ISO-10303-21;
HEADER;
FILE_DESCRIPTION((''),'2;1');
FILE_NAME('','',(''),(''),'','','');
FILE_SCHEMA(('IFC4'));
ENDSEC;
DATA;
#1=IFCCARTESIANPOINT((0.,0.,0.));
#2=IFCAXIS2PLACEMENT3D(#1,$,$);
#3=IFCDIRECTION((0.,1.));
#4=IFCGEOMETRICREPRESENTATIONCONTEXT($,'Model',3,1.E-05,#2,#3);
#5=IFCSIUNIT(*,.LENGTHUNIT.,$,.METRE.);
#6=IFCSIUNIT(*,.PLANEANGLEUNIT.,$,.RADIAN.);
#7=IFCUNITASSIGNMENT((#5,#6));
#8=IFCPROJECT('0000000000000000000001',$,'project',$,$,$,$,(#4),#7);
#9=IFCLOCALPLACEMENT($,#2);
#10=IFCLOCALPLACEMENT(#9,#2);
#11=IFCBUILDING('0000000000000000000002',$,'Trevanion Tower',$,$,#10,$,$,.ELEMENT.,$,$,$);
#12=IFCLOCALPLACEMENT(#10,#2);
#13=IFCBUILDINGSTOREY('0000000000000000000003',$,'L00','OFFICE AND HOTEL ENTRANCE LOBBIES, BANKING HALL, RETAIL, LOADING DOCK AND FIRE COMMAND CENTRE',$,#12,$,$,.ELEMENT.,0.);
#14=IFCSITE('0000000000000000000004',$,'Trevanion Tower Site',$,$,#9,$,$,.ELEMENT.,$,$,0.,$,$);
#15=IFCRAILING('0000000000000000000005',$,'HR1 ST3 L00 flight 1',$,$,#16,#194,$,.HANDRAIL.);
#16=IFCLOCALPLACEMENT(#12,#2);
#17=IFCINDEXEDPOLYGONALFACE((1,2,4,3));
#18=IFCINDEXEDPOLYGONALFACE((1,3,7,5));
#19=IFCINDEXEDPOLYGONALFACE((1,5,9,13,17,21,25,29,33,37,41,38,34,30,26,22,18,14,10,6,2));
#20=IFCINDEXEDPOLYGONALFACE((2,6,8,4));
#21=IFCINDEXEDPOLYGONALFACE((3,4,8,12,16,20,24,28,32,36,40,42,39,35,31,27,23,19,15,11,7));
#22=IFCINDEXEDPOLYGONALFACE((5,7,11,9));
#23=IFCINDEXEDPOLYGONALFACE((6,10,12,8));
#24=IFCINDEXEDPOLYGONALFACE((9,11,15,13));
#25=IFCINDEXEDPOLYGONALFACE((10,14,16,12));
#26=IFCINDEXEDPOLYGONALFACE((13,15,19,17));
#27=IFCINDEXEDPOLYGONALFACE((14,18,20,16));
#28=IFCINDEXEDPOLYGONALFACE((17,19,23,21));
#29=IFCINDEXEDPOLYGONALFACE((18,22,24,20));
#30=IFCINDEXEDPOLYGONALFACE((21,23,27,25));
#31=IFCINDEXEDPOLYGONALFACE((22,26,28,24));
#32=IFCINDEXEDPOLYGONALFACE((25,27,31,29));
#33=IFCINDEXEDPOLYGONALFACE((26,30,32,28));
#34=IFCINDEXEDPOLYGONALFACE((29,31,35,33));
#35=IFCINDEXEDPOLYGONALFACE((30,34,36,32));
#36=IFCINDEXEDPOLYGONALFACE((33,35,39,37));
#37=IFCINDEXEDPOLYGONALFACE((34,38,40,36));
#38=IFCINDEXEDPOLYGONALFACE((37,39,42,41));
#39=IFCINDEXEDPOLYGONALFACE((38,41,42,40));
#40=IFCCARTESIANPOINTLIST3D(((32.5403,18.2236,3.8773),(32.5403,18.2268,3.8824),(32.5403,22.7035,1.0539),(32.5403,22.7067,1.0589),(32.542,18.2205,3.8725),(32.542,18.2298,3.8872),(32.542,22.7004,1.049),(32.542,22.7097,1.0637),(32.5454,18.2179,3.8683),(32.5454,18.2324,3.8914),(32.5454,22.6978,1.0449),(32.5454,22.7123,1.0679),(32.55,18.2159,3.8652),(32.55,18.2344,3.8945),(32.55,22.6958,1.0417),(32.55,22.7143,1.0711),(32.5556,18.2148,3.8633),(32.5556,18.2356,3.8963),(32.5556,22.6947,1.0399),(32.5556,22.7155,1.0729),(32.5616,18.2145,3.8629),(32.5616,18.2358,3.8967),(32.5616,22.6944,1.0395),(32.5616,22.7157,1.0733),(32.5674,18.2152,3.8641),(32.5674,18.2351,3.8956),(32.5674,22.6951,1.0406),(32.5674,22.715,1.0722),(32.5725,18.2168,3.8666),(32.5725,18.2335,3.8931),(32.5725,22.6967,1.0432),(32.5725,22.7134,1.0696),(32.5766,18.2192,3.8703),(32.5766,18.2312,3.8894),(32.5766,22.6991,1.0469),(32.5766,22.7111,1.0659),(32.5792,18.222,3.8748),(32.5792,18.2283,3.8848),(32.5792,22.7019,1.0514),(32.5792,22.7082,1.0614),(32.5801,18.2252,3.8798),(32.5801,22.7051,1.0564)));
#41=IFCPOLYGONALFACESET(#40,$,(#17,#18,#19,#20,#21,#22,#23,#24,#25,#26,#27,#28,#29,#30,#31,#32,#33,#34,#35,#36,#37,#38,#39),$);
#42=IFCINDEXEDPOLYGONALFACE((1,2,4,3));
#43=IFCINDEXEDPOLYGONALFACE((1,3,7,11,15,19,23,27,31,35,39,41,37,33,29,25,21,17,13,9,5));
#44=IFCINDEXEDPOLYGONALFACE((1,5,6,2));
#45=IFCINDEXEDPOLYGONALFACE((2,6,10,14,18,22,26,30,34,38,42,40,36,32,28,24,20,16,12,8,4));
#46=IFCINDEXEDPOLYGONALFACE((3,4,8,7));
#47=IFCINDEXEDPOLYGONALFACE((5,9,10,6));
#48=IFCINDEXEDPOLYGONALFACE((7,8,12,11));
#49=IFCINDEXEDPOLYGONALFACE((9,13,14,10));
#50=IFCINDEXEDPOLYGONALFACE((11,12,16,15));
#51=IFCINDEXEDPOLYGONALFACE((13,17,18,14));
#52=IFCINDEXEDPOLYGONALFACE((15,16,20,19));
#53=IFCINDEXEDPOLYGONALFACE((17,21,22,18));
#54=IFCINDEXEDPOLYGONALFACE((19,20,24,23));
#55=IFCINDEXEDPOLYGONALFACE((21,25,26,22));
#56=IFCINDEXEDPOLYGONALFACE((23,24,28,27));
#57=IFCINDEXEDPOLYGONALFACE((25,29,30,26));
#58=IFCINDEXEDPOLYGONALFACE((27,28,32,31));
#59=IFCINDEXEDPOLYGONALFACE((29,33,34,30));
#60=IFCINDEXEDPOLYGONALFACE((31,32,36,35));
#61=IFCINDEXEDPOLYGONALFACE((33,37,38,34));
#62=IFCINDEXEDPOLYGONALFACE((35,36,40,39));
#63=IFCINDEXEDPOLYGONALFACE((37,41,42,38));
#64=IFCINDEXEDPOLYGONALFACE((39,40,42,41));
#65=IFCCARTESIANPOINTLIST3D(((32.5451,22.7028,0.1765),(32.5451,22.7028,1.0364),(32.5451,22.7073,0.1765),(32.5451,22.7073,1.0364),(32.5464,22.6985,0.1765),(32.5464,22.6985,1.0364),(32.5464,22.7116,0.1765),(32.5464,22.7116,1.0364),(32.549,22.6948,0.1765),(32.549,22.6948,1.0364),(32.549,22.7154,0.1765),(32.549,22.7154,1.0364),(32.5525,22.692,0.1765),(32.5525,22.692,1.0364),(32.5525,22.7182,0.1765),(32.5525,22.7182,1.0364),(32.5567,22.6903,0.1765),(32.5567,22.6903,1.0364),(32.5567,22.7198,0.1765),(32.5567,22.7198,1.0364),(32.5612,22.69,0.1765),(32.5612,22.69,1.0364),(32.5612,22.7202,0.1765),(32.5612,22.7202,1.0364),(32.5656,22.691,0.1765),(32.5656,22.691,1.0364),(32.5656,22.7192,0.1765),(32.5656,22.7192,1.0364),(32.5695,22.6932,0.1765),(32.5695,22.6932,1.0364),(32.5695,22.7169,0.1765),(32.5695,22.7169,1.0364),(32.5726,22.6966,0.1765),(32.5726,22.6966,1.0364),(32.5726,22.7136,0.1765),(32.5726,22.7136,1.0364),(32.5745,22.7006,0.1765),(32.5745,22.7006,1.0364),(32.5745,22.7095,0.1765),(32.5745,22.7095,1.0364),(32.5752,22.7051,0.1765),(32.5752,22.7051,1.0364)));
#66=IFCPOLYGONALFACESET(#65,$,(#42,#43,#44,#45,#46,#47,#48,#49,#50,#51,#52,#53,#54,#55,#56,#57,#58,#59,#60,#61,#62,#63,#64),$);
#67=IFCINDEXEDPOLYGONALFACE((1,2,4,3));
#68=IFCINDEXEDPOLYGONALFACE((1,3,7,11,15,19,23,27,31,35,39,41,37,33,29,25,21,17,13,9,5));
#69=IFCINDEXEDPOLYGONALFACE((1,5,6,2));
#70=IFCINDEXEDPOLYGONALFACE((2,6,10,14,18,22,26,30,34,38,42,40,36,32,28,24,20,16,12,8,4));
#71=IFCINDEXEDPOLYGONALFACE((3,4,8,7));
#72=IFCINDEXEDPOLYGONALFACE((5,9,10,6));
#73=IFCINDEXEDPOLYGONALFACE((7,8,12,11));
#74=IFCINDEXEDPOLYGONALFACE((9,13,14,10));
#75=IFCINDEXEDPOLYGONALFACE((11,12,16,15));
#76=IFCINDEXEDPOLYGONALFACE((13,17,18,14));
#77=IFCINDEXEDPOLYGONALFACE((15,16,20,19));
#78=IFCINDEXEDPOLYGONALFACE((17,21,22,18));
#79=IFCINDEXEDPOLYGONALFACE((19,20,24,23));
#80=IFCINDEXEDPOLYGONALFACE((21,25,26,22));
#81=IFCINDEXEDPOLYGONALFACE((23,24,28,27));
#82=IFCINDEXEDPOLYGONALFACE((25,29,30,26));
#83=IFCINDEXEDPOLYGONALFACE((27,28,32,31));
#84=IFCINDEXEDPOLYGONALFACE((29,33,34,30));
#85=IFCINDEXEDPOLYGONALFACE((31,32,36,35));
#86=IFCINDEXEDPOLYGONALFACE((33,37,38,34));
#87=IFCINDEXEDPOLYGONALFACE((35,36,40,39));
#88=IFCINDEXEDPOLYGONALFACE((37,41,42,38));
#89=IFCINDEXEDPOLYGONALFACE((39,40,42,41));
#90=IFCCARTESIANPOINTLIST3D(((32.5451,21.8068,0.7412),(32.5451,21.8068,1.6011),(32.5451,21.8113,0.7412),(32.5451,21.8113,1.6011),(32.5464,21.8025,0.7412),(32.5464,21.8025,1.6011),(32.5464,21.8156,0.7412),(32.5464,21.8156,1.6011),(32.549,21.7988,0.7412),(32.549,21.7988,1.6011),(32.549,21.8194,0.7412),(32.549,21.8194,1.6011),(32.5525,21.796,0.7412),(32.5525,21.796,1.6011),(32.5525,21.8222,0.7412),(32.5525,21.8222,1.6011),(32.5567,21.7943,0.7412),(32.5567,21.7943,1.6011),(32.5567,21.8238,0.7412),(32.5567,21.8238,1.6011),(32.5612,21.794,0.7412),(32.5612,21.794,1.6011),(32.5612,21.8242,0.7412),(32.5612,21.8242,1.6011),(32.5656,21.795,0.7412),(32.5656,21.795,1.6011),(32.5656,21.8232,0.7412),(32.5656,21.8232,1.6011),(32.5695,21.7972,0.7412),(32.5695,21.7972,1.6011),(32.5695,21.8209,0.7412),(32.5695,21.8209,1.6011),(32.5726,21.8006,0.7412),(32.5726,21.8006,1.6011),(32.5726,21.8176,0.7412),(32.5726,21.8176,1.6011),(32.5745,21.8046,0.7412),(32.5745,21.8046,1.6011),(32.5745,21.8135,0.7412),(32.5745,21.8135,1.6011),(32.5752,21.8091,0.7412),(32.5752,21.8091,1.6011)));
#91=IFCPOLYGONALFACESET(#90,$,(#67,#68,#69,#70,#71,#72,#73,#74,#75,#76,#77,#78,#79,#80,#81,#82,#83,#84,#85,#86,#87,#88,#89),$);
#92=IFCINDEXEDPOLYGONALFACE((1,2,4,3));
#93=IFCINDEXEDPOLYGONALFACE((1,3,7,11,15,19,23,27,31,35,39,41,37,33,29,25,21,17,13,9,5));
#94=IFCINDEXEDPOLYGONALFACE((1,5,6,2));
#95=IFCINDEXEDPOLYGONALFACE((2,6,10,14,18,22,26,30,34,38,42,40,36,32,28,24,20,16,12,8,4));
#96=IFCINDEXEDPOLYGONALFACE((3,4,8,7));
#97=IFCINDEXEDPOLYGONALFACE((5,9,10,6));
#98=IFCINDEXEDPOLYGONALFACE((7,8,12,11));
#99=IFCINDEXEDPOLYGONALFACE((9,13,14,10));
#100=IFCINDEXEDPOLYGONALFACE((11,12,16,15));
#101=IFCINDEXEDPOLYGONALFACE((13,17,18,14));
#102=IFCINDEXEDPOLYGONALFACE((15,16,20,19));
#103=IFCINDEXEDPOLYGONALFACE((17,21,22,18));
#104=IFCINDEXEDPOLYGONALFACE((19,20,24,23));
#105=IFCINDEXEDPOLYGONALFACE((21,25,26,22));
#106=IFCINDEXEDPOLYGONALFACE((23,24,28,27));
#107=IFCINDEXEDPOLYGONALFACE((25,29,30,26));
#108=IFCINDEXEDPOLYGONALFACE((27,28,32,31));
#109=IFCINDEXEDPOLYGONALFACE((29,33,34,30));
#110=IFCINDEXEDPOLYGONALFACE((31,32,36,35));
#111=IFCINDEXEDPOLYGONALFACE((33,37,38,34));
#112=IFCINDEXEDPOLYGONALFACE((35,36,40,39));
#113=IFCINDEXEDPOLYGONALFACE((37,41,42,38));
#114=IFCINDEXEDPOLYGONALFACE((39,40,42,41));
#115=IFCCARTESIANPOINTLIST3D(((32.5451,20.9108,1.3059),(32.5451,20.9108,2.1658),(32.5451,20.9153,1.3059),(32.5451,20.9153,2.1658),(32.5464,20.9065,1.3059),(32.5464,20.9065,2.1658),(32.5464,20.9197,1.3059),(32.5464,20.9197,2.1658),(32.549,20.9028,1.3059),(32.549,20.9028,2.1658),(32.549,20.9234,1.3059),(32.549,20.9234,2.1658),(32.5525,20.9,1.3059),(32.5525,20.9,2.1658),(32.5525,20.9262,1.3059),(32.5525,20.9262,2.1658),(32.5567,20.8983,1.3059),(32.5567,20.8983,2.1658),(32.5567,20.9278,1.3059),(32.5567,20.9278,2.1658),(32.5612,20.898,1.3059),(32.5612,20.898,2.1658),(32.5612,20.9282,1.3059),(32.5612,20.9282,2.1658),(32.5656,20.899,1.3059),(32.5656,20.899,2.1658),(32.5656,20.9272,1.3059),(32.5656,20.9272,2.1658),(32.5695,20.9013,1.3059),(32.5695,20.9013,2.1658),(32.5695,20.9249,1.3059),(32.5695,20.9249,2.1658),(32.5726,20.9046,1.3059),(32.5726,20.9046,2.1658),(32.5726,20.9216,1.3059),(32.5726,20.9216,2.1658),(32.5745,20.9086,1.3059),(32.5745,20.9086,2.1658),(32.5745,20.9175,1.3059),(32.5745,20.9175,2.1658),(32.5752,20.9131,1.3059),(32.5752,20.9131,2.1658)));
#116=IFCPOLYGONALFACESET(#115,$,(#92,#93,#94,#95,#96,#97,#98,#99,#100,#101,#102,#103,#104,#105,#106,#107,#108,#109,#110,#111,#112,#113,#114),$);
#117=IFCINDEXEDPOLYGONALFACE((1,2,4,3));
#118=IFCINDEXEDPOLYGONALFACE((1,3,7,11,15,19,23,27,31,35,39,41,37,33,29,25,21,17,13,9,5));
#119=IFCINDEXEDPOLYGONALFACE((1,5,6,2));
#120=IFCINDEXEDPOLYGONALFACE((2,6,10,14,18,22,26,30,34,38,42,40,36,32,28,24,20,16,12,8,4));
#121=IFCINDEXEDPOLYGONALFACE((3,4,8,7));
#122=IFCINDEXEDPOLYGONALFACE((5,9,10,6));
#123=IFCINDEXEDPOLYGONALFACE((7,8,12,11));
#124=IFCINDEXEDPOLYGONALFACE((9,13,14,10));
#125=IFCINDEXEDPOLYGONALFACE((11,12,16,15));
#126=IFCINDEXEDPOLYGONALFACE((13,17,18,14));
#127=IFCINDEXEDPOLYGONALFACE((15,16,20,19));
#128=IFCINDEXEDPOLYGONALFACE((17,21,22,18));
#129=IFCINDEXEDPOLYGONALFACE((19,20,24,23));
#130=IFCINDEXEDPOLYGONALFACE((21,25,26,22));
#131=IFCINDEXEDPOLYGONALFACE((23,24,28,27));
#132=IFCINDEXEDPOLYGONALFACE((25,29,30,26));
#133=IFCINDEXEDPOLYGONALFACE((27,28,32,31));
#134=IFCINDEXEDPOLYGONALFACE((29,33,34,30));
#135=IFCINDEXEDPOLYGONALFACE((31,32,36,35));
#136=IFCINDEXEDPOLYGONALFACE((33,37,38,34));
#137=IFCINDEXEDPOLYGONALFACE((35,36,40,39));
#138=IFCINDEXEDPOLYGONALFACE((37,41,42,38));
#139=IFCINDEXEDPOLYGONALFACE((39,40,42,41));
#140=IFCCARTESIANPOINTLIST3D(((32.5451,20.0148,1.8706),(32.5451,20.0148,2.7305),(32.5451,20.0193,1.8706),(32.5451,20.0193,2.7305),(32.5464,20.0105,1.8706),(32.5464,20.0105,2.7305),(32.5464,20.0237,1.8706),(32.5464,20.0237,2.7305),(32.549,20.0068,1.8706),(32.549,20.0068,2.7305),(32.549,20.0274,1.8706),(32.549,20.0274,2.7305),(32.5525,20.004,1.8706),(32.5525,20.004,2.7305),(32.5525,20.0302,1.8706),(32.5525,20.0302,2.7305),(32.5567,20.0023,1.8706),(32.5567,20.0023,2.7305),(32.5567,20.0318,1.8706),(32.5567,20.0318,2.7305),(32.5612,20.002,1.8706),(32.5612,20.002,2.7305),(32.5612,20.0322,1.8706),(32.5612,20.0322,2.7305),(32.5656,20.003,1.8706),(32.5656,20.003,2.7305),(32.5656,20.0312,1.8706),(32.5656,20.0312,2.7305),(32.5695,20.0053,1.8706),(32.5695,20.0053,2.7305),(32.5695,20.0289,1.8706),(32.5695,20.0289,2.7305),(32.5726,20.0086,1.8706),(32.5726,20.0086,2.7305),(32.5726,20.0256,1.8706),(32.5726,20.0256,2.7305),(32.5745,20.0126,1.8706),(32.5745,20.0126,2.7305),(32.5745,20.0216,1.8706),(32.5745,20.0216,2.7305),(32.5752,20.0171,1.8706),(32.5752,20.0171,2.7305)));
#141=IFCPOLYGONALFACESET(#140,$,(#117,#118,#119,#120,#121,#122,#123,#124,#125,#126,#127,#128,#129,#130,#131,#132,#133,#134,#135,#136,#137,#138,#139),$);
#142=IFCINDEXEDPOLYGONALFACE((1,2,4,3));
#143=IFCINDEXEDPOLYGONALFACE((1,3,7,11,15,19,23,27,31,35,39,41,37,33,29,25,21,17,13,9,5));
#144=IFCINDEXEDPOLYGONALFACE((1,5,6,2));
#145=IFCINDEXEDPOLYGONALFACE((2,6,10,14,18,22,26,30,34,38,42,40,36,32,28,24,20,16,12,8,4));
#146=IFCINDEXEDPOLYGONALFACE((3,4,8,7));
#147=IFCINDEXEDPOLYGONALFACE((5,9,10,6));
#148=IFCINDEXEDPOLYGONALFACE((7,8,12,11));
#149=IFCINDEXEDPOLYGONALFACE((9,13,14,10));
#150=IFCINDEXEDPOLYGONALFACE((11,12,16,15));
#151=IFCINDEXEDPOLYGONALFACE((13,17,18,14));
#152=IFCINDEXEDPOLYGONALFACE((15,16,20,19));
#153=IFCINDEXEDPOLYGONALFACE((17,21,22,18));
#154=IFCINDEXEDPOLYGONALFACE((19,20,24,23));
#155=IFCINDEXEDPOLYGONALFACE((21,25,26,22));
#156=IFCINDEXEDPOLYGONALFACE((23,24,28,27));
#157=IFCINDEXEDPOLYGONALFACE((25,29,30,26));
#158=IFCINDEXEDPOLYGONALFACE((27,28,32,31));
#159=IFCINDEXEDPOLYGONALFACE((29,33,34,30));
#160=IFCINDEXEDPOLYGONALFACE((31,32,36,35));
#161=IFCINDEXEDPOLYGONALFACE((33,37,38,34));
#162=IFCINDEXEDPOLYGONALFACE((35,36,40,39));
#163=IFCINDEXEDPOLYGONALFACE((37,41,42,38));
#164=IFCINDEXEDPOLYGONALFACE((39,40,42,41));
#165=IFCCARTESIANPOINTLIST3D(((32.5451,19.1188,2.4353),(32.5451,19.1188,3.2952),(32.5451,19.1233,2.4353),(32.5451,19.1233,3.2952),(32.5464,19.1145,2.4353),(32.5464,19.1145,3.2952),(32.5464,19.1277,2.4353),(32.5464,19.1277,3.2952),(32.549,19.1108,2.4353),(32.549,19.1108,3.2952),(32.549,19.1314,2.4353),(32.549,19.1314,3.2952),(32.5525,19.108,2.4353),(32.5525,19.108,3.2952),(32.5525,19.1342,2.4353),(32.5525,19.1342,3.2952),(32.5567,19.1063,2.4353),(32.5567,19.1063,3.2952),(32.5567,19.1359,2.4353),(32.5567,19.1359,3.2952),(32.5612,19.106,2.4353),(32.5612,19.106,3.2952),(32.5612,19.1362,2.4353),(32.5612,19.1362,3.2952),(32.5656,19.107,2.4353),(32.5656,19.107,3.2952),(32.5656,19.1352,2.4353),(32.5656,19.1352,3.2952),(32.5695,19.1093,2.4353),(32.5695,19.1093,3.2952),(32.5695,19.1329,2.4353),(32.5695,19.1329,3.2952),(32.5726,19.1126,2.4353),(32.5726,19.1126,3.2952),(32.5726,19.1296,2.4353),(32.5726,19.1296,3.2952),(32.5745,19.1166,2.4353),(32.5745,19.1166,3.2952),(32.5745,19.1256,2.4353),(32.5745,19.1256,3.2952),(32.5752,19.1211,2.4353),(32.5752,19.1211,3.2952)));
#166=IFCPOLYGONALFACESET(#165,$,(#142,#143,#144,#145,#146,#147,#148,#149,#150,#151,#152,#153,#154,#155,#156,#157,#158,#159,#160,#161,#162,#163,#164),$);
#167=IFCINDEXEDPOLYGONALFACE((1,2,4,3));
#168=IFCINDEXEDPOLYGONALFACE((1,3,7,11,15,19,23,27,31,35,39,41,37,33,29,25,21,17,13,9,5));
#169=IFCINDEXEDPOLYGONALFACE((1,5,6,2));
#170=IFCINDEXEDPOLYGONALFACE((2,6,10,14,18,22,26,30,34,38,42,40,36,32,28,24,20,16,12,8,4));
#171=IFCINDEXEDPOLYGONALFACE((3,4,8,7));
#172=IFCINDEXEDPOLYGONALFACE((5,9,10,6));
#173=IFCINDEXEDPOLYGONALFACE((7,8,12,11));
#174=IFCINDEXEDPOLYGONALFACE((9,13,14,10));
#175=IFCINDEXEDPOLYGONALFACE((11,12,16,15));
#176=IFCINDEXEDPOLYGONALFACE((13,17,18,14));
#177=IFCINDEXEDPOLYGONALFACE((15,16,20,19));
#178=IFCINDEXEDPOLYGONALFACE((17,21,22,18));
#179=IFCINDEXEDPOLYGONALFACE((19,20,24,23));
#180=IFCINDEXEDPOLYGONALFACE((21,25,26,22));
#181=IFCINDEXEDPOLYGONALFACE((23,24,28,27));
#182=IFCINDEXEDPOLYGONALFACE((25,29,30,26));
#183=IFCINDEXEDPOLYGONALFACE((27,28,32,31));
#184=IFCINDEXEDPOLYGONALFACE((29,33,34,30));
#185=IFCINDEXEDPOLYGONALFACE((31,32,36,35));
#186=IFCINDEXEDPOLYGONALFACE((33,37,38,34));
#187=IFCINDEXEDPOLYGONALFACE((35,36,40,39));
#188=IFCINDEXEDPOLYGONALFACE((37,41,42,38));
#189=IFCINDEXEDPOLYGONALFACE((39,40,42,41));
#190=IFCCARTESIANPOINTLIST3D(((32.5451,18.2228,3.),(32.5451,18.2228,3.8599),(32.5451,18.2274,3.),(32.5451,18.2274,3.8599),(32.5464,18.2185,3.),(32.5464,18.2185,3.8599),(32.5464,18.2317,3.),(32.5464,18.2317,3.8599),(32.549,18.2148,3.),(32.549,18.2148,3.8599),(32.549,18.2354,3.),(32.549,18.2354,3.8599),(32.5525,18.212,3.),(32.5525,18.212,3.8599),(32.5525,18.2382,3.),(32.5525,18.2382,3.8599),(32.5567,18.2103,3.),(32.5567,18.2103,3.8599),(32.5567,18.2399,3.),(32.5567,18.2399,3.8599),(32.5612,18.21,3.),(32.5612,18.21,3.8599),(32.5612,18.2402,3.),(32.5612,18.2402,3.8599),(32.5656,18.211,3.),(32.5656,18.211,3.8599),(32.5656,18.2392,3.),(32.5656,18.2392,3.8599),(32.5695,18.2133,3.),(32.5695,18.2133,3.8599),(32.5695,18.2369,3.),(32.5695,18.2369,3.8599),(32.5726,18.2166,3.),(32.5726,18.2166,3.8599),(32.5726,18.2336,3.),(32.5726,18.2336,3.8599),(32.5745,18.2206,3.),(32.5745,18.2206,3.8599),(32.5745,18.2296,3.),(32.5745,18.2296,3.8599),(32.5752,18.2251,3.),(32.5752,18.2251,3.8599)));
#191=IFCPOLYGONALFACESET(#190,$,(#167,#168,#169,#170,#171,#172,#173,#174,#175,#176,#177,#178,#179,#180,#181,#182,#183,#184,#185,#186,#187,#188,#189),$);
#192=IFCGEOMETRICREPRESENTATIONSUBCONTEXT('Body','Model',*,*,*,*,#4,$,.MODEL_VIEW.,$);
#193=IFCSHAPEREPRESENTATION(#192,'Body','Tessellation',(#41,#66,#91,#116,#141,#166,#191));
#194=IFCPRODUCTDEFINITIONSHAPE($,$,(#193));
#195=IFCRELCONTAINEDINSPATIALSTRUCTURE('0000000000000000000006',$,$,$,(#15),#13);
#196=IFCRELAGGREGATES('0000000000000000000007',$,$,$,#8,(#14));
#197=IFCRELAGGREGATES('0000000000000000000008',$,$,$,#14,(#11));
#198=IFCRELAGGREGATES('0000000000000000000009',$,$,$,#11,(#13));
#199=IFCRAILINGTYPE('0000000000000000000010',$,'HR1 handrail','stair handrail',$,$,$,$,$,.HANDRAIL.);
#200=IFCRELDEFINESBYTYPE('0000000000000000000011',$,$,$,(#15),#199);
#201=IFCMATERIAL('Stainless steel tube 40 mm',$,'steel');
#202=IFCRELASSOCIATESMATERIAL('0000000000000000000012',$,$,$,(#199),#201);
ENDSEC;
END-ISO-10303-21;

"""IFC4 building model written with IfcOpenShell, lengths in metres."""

from ifc_helpers import new_model, si_unit, direction, frame, origin, origin_2d, place, context, subcontext, project, spatial, circle, extrude, material, type_object, element, save


model = new_model("IFC4")

# Units and contexts
model_context = context("Model", 3, precision=1e-05, world=origin(), true_north=direction((0.0, 1.0)))
body_context = subcontext(model_context, "Body", "Model", "MODEL_VIEW")
ifc_project = project(units=[si_unit("LENGTHUNIT", "METRE"), si_unit("PLANEANGLEUNIT", "RADIAN")], contexts=[model_context])

# Site, building, storey
site_placement = place(None, origin())
site = spatial("IfcSite", under=ifc_project, at=site_placement, Name="Trevanion Tower Site", CompositionType="ELEMENT", RefElevation=0.0)
building_placement = place(site_placement, origin())
building = spatial("IfcBuilding", under=site, at=building_placement, Name="Trevanion Tower", CompositionType="ELEMENT")
storey_placement = place(building_placement, origin())
storey = spatial("IfcBuildingStorey", under=building, at=storey_placement, Name="L00", Description="OFFICE AND HOTEL ENTRANCE LOBBIES, BANKING HALL, RETAIL, LOADING DOCK AND FIRE COMMAND CENTRE", CompositionType="ELEMENT", Elevation=0.0)

# Railing
ifc_material_1 = material(Name="Stainless steel tube 40 mm", Category="steel")
railing_type = type_object("IfcRailingType", Name="HR1 handrail", Description="stair handrail", PredefinedType="HANDRAIL", material=ifc_material_1)
for number, where, name in (
    (1, (32.5601, 22.7051, 0.1765), "HR1 ST3 L00 flight 1"),
):
    element("IfcRailing", number, at=place(storey_placement, frame(where)), inside=storey, type_object=railing_type, Name=name, PredefinedType="HANDRAIL", context=body_context, shape_type="SweptSolid", body=[
        extrude(circle(Radius=0.02, at=origin_2d()), frame((0.0, 0.0, 0.8799), z_axis=(0.0, -0.845998, 0.533186), x_axis=(1.0, 0.0, 0.0)), (0.0, 0.0, 1.0), 5.2954),
        extrude(circle(Radius=0.0151, at=origin_2d()), origin(), (0.0, 0.0, 1.0), 0.8599),
        extrude(circle(Radius=0.0151, at=origin_2d()), frame((0.0, -0.896, 0.5647)), (0.0, 0.0, 1.0), 0.8599),
        extrude(circle(Radius=0.0151, at=origin_2d()), frame((0.0, -1.792, 1.1294)), (0.0, 0.0, 1.0), 0.8599),
        extrude(circle(Radius=0.0151, at=origin_2d()), frame((0.0, -2.688, 1.6941)), (0.0, 0.0, 1.0), 0.8599),
        extrude(circle(Radius=0.0151, at=origin_2d()), frame((0.0, -3.584, 2.2588)), (0.0, 0.0, 1.0), 0.8599),
        extrude(circle(Radius=0.0151, at=origin_2d()), frame((0.0, -4.48, 2.8235)), (0.0, 0.0, 1.0), 0.8599),
    ])

save(model, "model.ifc")
